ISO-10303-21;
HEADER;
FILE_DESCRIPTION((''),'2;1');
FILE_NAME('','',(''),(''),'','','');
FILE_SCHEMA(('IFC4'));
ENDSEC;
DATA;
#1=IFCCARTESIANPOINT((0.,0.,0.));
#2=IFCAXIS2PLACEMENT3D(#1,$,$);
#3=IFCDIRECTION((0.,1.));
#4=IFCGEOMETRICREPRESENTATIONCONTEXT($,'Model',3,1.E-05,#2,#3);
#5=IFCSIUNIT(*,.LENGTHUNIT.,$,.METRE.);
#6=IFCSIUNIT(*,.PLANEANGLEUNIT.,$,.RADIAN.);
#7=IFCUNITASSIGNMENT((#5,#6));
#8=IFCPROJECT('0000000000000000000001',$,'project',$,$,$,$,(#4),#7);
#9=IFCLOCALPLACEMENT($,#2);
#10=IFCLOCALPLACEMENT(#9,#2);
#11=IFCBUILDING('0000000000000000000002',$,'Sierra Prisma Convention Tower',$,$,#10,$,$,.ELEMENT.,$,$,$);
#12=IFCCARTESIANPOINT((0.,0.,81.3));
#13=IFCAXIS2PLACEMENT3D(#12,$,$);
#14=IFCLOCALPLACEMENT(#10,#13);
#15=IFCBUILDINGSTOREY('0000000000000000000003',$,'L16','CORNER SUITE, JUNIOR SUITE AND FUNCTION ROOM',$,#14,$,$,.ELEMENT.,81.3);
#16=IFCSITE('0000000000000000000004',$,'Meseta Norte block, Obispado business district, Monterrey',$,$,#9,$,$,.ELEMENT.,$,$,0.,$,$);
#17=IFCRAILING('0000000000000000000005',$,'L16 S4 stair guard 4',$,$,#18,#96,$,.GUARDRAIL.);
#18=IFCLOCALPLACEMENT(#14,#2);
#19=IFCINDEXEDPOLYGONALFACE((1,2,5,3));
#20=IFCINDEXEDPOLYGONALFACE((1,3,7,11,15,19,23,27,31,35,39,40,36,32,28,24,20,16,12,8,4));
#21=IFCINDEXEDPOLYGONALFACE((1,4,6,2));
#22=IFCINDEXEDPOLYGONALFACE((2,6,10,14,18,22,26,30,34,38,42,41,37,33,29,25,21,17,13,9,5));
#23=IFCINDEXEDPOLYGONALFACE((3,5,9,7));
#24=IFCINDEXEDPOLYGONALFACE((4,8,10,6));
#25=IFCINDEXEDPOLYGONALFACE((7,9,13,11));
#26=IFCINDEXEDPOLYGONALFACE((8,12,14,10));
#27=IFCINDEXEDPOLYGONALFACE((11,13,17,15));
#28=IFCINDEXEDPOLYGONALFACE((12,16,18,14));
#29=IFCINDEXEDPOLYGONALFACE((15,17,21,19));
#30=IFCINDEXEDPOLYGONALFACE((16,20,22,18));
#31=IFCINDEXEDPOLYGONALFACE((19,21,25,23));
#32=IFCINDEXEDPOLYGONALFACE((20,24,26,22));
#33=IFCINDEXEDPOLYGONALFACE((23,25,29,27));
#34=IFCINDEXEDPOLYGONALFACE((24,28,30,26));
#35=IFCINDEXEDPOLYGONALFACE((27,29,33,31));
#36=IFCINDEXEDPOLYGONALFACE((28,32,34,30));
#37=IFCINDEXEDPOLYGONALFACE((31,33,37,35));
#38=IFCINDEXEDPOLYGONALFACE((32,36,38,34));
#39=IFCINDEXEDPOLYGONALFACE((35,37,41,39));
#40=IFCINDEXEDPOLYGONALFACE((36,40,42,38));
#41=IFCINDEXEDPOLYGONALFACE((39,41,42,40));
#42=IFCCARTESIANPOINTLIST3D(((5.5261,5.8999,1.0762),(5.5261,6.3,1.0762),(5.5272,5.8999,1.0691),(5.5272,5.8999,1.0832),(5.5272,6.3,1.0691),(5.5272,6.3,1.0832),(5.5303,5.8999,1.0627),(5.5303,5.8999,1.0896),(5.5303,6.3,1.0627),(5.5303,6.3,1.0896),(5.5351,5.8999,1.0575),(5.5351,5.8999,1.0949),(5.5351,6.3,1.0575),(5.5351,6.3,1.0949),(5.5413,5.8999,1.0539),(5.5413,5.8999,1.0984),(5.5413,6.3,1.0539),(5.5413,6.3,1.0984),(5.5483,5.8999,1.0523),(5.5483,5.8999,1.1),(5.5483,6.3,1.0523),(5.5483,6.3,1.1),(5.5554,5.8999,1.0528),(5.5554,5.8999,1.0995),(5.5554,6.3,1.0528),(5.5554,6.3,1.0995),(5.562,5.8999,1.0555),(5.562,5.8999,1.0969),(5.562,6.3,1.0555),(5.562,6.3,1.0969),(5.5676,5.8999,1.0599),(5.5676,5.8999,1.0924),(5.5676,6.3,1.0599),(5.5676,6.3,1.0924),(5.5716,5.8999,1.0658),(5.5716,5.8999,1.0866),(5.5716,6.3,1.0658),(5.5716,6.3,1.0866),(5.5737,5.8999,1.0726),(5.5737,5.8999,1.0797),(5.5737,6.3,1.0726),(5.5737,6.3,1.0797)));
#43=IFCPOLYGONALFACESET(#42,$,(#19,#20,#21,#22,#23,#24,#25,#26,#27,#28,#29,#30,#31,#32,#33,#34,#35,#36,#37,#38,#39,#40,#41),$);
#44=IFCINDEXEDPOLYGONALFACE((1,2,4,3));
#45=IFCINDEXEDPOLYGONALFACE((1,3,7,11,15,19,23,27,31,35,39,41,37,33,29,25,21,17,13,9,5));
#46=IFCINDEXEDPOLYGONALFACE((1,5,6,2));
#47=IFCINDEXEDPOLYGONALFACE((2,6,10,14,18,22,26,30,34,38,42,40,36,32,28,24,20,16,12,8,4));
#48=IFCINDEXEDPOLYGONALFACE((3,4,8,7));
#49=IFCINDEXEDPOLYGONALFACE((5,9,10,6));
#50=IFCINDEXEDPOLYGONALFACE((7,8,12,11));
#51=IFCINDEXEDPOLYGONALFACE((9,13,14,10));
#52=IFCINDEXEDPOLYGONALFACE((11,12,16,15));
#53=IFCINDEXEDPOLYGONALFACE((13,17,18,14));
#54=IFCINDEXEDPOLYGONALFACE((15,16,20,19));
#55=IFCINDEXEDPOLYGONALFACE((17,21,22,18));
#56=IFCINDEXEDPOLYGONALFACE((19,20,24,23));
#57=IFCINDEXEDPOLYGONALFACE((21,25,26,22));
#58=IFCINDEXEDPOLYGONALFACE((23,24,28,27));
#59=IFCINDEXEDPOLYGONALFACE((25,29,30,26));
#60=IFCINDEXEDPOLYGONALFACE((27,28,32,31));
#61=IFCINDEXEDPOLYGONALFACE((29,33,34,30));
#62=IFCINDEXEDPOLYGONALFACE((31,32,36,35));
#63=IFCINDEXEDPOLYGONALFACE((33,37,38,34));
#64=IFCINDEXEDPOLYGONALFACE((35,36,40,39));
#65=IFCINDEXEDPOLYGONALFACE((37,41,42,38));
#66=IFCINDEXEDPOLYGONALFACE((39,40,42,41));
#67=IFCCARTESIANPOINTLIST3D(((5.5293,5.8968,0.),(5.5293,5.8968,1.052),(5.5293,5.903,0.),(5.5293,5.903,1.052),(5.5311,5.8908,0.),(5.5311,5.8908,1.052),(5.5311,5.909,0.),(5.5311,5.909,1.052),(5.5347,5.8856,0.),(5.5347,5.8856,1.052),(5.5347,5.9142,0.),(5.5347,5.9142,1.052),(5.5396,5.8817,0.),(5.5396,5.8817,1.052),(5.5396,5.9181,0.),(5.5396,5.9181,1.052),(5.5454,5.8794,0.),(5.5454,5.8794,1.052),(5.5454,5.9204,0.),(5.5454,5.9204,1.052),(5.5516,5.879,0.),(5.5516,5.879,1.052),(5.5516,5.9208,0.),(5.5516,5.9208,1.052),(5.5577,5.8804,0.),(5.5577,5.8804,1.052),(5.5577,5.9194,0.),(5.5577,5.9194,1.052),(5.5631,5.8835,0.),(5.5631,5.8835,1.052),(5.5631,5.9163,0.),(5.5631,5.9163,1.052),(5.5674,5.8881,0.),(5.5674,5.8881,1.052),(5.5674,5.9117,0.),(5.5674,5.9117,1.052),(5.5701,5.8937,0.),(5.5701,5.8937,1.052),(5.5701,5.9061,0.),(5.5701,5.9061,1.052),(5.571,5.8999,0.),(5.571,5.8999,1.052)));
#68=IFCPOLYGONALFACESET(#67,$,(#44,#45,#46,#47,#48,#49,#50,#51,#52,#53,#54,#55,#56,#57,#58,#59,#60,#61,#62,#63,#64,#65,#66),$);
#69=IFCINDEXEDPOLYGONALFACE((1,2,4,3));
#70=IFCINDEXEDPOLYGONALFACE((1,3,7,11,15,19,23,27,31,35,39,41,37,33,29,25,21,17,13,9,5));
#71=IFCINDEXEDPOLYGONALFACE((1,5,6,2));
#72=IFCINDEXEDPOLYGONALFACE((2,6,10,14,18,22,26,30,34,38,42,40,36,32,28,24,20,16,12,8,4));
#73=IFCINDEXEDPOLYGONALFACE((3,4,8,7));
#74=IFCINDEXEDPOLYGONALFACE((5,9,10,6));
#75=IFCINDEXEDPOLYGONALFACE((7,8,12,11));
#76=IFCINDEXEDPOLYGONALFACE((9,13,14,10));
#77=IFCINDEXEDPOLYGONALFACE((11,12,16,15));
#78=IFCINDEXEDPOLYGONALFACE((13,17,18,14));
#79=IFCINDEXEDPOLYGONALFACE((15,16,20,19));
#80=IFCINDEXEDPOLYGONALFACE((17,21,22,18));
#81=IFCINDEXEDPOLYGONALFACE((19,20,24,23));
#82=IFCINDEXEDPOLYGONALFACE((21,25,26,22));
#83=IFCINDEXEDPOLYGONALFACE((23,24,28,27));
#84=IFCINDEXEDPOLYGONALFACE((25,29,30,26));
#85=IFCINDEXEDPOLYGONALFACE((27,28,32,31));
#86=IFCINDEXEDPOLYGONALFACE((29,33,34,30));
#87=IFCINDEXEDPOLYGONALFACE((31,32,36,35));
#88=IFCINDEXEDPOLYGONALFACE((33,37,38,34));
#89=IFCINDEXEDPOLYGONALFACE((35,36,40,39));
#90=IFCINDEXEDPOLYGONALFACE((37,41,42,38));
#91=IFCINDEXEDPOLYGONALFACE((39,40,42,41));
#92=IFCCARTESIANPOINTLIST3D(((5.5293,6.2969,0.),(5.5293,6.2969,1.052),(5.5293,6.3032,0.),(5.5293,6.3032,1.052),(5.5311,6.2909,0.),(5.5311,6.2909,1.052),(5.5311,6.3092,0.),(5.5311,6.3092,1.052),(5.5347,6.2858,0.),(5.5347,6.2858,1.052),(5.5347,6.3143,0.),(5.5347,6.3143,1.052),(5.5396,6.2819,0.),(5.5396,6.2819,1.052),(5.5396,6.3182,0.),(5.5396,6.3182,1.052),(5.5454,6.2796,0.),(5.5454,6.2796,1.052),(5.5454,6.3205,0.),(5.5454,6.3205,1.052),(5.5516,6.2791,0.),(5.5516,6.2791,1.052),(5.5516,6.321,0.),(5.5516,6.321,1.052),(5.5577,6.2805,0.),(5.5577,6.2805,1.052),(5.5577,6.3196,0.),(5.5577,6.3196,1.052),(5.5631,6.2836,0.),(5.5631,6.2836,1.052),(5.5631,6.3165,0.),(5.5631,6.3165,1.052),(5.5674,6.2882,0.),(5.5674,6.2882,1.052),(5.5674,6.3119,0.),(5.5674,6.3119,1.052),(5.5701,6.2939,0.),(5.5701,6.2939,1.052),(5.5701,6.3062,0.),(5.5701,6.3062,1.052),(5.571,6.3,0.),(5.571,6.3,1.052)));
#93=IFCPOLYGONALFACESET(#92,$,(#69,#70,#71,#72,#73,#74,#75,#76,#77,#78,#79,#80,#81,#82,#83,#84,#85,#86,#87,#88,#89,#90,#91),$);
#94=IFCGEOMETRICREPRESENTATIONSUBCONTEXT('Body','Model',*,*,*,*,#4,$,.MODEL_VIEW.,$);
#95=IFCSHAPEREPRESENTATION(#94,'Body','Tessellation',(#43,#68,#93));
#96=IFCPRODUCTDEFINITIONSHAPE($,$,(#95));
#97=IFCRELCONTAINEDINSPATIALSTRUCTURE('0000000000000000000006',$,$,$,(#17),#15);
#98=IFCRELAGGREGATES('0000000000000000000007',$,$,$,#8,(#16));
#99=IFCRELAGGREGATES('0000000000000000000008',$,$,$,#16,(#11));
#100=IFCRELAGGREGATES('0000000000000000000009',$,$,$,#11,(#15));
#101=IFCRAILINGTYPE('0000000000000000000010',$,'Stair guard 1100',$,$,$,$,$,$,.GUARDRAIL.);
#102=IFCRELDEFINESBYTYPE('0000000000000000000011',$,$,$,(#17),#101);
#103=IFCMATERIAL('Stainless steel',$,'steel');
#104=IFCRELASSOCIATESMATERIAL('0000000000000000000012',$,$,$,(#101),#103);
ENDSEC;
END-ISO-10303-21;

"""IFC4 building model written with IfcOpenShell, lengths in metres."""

from ifc_helpers import new_model, si_unit, direction, frame, origin, origin_2d, place, context, subcontext, project, spatial, circle, extrude, material, type_object, element, save


model = new_model("IFC4")

# Units and contexts
model_context = context("Model", 3, precision=1e-05, world=origin(), true_north=direction((0.0, 1.0)))
body_context = subcontext(model_context, "Body", "Model", "MODEL_VIEW")
ifc_project = project(units=[si_unit("LENGTHUNIT", "METRE"), si_unit("PLANEANGLEUNIT", "RADIAN")], contexts=[model_context])

# Site, building, storey
site_placement = place(None, origin())
site = spatial("IfcSite", under=ifc_project, at=site_placement, Name="Meseta Norte block, Obispado business district, Monterrey", CompositionType="ELEMENT", RefElevation=0.0)
building_placement = place(site_placement, origin())
building = spatial("IfcBuilding", under=site, at=building_placement, Name="Sierra Prisma Convention Tower", CompositionType="ELEMENT")
storey_placement = place(building_placement, frame((0.0, 0.0, 81.3)))
storey = spatial("IfcBuildingStorey", under=building, at=storey_placement, Name="L16", Description="CORNER SUITE, JUNIOR SUITE AND FUNCTION ROOM", CompositionType="ELEMENT", Elevation=81.3)

# Railing
ifc_material_1 = material(Name="Stainless steel", Category="steel")
railing_type_1 = type_object("IfcRailingType", Name="Stair guard 1100", PredefinedType="GUARDRAIL", material=ifc_material_1)
railing_1_placement = place(storey_placement, frame((5.55, 5.8999, 0.0)))
element("IfcRailing", 1, at=railing_1_placement, inside=storey, type_object=railing_type_1, Name="L16 S4 stair guard 4", PredefinedType="GUARDRAIL", context=body_context, shape_type="SweptSolid", body=[
    extrude(circle(Radius=0.0239, at=origin_2d()), frame((0.0, 0.0, 1.0762), z_axis=(0.0, 1.0, 0.0), x_axis=(-1.0, 0.0, 0.0)), (0.0, 0.0, 1.0), 0.4001),
    extrude(circle(Radius=0.021, at=origin_2d()), origin(), (0.0, 0.0, 1.0), 1.052),
    extrude(circle(Radius=0.021, at=origin_2d()), frame((0.0, 0.4001, 0.0)), (0.0, 0.0, 1.0), 1.052),
])

save(model, "model.ifc")
